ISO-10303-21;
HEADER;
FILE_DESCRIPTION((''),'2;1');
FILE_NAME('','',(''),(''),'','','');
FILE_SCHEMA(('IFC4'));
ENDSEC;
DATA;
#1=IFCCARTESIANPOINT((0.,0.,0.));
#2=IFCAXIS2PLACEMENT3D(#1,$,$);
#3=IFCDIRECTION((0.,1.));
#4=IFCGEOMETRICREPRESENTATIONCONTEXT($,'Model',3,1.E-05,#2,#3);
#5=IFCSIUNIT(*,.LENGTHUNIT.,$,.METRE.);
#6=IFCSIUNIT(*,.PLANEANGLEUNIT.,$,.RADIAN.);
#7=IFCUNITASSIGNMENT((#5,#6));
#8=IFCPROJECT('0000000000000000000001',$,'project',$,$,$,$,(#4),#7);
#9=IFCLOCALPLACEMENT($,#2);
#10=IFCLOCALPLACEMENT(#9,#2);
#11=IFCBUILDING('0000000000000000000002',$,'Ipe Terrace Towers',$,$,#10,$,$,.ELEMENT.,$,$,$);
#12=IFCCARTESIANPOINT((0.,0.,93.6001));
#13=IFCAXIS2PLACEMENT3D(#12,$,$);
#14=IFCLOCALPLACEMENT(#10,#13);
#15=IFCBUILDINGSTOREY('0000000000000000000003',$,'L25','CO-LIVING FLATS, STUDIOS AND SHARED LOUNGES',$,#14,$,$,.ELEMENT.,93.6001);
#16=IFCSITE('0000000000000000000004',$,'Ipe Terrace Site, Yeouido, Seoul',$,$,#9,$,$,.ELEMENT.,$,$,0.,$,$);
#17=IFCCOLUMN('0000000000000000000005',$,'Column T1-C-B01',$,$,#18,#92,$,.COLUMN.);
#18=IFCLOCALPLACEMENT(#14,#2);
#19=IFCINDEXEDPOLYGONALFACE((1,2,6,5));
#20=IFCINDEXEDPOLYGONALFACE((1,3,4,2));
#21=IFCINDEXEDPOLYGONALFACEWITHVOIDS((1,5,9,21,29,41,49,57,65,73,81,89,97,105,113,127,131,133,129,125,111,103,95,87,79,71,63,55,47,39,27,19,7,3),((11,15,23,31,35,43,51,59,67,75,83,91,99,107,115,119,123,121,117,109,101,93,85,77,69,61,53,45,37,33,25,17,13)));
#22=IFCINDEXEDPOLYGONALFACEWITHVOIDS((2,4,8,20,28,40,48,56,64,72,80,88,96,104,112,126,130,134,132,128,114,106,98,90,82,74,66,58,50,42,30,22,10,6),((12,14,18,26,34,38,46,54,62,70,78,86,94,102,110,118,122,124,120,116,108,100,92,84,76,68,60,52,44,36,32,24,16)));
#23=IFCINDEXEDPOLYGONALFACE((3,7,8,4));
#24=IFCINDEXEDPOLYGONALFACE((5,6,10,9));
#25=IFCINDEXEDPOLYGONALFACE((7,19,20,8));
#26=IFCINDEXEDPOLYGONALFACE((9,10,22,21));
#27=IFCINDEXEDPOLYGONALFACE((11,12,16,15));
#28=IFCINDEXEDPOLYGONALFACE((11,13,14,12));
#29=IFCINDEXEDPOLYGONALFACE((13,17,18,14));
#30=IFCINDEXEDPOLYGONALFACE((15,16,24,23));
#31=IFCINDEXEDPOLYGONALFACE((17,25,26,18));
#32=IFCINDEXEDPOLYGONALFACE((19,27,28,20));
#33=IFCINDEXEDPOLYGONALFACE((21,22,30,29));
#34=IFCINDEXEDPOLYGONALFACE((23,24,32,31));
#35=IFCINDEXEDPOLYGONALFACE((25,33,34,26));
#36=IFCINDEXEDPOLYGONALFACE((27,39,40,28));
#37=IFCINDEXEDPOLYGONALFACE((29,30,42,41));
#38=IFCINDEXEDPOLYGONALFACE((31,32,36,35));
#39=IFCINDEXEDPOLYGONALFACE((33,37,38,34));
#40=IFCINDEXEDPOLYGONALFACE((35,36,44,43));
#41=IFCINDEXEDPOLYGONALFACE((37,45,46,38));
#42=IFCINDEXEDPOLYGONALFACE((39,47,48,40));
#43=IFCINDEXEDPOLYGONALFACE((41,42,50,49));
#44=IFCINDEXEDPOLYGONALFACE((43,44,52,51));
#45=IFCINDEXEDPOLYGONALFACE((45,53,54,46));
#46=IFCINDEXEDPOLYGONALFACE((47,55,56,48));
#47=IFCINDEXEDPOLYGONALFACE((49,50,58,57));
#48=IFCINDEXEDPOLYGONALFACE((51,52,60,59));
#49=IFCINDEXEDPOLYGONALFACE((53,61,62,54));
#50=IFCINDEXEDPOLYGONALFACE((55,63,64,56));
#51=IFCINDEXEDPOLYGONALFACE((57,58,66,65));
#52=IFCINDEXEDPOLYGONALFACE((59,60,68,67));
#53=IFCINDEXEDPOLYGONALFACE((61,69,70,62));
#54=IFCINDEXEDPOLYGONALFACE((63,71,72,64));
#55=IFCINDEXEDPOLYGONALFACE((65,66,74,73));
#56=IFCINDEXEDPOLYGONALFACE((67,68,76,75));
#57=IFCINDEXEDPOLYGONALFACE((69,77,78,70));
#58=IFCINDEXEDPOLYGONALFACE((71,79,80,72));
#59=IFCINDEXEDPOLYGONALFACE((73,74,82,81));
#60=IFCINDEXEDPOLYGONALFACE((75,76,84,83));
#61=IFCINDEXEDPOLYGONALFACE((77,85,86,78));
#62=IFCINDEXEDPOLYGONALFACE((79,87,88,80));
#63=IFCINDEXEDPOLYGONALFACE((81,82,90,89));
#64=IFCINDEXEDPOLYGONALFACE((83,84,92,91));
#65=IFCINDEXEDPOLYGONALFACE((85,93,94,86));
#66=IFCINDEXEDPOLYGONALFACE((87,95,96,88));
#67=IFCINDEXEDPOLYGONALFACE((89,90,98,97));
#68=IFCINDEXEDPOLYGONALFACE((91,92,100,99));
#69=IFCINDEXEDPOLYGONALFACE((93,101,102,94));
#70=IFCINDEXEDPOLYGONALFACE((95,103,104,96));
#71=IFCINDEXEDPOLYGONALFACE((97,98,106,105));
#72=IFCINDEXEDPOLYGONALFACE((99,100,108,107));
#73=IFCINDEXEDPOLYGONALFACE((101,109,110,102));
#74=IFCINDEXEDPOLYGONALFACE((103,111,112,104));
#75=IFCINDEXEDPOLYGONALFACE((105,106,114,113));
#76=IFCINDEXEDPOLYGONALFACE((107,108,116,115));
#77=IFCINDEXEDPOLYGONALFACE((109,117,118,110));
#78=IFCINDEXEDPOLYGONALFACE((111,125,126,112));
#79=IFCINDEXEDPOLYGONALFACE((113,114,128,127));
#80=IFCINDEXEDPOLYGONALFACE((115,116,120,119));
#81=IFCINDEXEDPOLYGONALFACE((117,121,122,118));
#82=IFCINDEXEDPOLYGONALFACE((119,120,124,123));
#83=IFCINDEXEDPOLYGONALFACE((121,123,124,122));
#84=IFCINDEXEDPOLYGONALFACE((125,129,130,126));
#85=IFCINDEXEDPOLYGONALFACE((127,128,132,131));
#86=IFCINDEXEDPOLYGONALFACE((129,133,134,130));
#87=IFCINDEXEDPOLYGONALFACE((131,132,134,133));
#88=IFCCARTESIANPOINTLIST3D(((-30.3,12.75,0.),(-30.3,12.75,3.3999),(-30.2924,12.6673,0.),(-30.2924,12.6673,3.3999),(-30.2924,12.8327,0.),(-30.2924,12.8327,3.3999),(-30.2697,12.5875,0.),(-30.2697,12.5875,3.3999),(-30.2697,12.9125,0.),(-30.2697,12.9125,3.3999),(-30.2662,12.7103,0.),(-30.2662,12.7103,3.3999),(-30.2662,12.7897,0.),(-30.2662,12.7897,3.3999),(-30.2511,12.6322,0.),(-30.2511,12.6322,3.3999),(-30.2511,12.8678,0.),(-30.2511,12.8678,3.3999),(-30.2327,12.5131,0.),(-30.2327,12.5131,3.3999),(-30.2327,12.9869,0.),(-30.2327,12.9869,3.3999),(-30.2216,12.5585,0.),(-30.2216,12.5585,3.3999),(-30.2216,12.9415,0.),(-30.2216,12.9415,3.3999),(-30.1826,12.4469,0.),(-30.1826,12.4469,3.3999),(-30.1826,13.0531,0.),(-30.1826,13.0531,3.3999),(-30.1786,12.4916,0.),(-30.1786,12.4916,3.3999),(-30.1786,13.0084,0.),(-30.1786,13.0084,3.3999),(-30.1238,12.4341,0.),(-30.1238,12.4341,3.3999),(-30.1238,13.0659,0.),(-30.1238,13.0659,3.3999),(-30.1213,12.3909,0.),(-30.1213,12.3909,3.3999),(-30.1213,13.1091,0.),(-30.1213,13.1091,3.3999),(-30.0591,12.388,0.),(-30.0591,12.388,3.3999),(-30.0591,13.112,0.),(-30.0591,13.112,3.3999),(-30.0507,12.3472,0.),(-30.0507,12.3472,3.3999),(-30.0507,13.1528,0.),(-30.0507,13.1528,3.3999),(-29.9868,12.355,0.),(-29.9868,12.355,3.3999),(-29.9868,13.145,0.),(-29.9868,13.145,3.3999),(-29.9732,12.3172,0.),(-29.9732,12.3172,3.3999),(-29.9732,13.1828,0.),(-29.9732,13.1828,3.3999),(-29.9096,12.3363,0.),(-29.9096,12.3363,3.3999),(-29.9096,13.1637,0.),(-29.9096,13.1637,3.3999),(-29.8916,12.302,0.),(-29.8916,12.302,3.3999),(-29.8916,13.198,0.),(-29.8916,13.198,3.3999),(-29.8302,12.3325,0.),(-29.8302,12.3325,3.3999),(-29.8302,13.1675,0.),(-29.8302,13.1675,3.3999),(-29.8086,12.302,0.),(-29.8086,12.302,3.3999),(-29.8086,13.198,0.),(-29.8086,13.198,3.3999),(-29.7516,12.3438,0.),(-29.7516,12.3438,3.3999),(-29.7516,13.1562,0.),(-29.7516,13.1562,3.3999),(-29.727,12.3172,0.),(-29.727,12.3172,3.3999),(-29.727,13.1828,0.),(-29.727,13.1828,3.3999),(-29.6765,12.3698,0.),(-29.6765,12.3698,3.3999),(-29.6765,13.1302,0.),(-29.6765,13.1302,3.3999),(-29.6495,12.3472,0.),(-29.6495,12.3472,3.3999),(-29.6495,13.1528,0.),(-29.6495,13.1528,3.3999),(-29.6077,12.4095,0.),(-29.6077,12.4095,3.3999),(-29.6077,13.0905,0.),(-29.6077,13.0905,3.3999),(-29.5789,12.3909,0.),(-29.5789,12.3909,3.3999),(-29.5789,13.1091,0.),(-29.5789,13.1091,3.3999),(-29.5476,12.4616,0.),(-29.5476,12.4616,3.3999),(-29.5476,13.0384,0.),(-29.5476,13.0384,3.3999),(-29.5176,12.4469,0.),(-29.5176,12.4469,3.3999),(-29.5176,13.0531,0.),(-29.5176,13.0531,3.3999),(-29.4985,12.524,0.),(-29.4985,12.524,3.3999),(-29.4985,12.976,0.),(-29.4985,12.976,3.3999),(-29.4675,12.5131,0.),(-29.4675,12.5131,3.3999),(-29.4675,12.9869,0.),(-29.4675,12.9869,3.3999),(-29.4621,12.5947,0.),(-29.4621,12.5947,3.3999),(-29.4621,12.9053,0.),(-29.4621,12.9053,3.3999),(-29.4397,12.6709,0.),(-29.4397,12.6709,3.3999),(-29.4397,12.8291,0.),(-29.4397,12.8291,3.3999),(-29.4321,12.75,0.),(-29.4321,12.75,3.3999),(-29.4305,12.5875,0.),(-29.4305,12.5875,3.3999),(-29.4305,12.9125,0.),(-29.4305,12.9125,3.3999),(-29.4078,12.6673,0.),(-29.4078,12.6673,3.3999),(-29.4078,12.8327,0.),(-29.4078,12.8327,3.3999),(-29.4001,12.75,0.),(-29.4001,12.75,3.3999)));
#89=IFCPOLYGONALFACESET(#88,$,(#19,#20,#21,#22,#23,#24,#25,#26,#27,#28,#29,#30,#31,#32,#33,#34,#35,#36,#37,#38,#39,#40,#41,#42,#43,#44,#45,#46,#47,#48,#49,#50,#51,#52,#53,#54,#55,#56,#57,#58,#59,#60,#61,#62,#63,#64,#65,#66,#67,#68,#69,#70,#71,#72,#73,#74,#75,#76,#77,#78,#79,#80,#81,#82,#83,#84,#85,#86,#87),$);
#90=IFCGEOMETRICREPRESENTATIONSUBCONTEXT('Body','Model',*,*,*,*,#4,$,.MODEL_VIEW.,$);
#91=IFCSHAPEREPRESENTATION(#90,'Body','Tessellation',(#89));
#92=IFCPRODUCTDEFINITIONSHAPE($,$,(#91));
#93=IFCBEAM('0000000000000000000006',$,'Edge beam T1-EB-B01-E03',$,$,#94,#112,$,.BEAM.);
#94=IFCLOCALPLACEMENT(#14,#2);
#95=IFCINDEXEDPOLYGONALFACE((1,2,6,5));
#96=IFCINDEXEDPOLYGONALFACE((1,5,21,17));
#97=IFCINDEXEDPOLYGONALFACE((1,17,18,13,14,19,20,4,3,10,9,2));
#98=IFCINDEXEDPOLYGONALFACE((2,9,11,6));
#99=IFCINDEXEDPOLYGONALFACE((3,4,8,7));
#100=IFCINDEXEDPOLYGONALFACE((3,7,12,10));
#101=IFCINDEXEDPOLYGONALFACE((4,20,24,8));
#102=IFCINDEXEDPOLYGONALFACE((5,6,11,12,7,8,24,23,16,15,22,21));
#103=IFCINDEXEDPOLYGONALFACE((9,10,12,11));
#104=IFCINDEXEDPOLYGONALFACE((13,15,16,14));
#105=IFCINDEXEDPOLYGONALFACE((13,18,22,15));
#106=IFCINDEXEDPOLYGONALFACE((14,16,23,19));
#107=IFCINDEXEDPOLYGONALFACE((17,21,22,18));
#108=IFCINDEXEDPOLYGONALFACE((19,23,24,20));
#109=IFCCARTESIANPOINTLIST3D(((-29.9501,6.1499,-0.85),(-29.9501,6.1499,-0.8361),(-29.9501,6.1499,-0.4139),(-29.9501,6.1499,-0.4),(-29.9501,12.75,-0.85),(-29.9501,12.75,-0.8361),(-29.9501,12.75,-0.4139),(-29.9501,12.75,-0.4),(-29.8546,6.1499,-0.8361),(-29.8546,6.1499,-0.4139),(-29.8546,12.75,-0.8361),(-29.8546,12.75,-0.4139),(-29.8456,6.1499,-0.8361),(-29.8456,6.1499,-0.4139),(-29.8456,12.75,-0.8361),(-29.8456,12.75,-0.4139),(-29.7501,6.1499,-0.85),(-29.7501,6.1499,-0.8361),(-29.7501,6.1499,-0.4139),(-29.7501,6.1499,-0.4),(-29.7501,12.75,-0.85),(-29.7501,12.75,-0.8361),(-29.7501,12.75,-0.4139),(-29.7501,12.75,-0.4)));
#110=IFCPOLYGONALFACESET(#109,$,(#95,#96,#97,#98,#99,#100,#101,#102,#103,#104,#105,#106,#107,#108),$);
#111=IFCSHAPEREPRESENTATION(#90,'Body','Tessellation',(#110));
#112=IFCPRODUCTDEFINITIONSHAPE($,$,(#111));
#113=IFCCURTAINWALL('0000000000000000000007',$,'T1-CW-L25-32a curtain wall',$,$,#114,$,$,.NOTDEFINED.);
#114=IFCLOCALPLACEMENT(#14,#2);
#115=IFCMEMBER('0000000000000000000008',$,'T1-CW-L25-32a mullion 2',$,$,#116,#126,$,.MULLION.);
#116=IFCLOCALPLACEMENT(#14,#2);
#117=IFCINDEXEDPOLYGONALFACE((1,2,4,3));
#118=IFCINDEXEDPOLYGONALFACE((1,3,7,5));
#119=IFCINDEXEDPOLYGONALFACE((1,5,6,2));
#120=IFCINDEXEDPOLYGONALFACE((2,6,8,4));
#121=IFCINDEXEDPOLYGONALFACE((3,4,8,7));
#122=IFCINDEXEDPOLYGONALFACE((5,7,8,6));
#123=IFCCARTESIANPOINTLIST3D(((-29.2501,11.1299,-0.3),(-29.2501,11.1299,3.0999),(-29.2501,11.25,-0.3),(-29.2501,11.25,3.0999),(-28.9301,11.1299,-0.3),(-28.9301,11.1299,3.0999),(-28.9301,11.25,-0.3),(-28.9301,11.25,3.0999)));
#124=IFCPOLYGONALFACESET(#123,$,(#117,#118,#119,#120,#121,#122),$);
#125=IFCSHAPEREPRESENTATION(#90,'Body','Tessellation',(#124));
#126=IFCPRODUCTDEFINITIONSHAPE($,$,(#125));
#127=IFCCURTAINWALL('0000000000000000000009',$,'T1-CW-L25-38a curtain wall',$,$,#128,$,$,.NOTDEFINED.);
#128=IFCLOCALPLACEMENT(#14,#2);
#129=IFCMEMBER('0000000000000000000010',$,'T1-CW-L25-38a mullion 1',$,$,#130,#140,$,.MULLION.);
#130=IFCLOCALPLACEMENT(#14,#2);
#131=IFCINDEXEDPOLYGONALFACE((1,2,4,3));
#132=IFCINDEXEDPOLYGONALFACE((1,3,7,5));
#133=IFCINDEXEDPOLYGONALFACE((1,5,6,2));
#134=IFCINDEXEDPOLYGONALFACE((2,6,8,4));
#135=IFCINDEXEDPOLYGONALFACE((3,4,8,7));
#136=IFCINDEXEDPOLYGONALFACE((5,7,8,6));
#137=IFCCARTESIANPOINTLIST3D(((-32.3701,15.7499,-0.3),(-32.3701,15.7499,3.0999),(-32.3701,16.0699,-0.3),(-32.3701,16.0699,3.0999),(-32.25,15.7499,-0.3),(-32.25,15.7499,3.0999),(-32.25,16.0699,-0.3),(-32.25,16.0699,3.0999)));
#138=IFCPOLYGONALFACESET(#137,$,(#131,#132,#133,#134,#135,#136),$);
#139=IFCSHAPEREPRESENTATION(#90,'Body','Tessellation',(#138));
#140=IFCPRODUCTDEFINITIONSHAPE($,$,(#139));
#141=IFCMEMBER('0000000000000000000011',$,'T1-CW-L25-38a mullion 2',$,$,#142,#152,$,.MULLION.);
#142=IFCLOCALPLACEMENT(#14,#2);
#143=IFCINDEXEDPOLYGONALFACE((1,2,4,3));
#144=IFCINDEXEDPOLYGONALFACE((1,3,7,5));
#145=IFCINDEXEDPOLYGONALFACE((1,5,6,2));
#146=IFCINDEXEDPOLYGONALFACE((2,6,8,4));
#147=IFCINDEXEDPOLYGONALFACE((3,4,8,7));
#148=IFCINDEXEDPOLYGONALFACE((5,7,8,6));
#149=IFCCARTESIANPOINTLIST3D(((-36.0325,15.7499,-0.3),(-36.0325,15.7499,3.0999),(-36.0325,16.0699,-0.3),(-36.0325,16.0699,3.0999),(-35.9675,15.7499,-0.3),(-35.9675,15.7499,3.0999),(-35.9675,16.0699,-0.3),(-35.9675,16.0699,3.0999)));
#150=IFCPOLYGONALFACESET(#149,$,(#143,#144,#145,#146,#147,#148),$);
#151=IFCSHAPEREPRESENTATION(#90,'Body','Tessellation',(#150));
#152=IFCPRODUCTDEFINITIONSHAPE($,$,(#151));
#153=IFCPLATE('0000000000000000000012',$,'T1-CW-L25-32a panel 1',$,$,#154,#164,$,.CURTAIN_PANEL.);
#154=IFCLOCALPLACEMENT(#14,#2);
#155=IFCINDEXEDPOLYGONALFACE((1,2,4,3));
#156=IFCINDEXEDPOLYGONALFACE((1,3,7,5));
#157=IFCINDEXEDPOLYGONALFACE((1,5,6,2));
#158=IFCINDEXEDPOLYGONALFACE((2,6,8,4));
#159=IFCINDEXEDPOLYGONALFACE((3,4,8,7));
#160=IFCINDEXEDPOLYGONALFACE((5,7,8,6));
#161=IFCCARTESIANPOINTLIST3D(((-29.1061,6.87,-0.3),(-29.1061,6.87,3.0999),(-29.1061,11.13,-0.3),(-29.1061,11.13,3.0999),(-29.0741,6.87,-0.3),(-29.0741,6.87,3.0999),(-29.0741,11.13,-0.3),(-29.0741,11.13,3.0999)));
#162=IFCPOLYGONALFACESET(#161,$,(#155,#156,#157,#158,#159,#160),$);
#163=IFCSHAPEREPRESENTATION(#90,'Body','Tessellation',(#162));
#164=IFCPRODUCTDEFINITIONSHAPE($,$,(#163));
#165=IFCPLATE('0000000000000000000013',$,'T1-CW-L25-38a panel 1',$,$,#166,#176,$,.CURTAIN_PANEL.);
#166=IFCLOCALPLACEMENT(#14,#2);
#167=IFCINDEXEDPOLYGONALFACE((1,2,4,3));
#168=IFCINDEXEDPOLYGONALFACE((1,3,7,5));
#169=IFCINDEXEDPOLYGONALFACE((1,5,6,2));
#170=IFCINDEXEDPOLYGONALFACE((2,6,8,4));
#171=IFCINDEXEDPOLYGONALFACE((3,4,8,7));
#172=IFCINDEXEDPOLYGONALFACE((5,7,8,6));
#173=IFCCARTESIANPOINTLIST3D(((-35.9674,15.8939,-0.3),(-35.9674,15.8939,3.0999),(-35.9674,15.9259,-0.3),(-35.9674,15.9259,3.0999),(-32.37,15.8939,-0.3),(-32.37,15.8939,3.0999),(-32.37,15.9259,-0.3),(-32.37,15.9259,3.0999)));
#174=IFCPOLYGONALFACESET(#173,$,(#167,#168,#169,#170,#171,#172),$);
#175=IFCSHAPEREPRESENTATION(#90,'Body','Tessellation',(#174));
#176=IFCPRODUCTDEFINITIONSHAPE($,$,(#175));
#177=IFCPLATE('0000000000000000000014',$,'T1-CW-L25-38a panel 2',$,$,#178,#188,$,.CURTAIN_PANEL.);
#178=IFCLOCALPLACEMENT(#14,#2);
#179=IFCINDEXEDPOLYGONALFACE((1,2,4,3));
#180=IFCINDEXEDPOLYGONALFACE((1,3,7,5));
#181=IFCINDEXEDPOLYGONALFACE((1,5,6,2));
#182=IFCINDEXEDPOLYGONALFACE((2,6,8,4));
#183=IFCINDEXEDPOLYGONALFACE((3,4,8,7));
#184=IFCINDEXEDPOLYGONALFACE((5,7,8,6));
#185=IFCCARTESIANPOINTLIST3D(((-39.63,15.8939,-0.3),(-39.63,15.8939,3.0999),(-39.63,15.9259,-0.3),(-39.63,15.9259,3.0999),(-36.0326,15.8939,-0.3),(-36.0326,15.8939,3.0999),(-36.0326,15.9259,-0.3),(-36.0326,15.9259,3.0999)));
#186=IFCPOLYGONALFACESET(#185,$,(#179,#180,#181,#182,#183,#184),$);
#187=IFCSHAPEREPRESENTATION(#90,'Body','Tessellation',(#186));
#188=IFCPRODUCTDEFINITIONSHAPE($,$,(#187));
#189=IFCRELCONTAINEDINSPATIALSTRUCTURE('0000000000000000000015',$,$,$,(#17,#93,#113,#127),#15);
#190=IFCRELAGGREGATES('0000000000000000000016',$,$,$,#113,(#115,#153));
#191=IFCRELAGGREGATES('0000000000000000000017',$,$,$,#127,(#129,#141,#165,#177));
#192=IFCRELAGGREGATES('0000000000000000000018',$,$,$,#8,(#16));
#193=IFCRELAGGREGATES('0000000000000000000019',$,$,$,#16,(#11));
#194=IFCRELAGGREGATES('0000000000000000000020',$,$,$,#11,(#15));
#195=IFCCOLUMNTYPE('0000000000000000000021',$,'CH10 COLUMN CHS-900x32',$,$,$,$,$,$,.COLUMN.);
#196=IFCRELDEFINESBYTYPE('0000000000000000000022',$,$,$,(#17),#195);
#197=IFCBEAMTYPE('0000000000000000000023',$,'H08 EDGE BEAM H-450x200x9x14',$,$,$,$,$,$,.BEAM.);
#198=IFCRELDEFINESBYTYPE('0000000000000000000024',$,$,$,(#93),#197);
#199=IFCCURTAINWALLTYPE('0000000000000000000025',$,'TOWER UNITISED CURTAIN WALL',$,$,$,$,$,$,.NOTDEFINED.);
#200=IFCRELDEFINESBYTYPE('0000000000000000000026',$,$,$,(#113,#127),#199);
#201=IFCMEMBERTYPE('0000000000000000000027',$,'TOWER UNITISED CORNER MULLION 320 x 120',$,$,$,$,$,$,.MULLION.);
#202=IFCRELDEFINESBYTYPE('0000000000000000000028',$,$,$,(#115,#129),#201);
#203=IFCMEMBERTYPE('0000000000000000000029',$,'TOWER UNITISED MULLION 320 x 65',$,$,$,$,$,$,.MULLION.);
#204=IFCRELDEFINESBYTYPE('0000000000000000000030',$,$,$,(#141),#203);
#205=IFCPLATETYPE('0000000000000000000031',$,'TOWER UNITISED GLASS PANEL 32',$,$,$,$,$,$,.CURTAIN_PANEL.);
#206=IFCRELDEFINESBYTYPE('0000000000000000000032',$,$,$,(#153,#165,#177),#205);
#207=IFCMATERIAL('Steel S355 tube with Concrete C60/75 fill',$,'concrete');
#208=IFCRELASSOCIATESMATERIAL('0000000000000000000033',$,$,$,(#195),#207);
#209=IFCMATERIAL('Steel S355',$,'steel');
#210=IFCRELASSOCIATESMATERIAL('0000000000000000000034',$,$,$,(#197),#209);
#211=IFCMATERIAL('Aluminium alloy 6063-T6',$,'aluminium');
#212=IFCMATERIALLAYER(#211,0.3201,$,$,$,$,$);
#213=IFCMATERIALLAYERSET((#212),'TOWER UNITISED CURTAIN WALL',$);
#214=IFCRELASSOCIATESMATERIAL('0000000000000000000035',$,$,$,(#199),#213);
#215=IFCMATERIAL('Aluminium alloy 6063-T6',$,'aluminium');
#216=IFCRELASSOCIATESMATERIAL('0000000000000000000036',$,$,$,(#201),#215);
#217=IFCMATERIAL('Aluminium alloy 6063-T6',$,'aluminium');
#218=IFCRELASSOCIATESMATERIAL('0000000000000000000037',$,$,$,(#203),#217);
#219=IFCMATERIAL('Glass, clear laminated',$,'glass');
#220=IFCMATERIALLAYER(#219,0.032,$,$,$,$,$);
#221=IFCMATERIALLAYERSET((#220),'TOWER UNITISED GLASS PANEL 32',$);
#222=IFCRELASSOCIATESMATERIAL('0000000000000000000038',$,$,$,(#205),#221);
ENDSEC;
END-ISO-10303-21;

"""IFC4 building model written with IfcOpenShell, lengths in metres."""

from ifc_helpers import new_model, si_unit, direction, frame, origin, origin_2d, place, context, subcontext, project, spatial, rectangle, hollow_circle, i_section, extrude, material, layer, layer_set, material_profile, profile_set, type_object, element, aggregate, save


model = new_model("IFC4")

# Units and contexts
model_context = context("Model", 3, precision=1e-05, world=origin(), true_north=direction((0.0, 1.0)))
body_context = subcontext(model_context, "Body", "Model", "MODEL_VIEW")
ifc_project = project(units=[si_unit("LENGTHUNIT", "METRE"), si_unit("PLANEANGLEUNIT", "RADIAN")], contexts=[model_context])

# Site, building, storey
site_placement = place(None, origin())
site = spatial("IfcSite", under=ifc_project, at=site_placement, Name="Ipe Terrace Site, Yeouido, Seoul", CompositionType="ELEMENT", RefElevation=0.0)
building_placement = place(site_placement, origin())
building = spatial("IfcBuilding", under=site, at=building_placement, Name="Ipe Terrace Towers", CompositionType="ELEMENT")
storey_placement = place(building_placement, frame((0.0, 0.0, 93.6001)))
storey = spatial("IfcBuildingStorey", under=building, at=storey_placement, Name="L25", Description="CO-LIVING FLATS, STUDIOS AND SHARED LOUNGES", CompositionType="ELEMENT", Elevation=93.6001)

# Column
ifc_material_1 = material(Name="Steel S355 tube with Concrete C60/75 fill", Category="concrete")
ifc_material_profile_1 = material_profile(ifc_material_1, hollow_circle(Radius=0.45, WallThickness=0.032, at=origin_2d()), Name="CHS-900x32")
ifc_profile_set_1 = profile_set([ifc_material_profile_1], Name="Steel S355 tube with Concrete C60/75 fill")
column_type = type_object("IfcColumnType", Name="CH10 COLUMN CHS-900x32", PredefinedType="COLUMN", material=ifc_profile_set_1)
column_placement = place(storey_placement, frame((-29.8501, 12.75, 0.0), z_axis=(0.0, 0.0, 1.0), x_axis=(1.0, 0.0, 0.0)))
element("IfcColumn", 1, at=column_placement, inside=storey, type_object=column_type, Name="Column T1-C-B01", PredefinedType="COLUMN", context=body_context, shape_type="SweptSolid", body=[
    extrude(hollow_circle(Radius=0.45, WallThickness=0.032, at=origin_2d()), origin(), (0.0, 0.0, 1.0), 3.3999),
])

# Beam
ifc_material_2 = material(Name="Steel S355", Category="steel")
ifc_material_profile_2 = material_profile(ifc_material_2, i_section(OverallWidth=0.2, OverallDepth=0.45, WebThickness=0.009, FlangeThickness=0.0139, at=origin_2d()), Name="H-450x200x9x14")
ifc_profile_set_2 = profile_set([ifc_material_profile_2], Name="Steel S355")
beam_type = type_object("IfcBeamType", Name="H08 EDGE BEAM H-450x200x9x14", PredefinedType="BEAM", material=ifc_profile_set_2)
beam_placement = place(storey_placement, frame((-29.8501, 12.75, -0.625), z_axis=(0.0, -1.0, 0.0), x_axis=(1.0, 0.0, 0.0)))
element("IfcBeam", 2, at=beam_placement, inside=storey, type_object=beam_type, Name="Edge beam T1-EB-B01-E03", PredefinedType="BEAM", context=body_context, shape_type="SweptSolid", body=[
    extrude(i_section(OverallWidth=0.2, OverallDepth=0.45, WebThickness=0.009, FlangeThickness=0.0139, at=origin_2d()), origin(), (0.0, 0.0, 1.0), 6.6001),
])

# Curtain wall, member
ifc_material_3 = material(Name="Aluminium alloy 6063-T6", Category="aluminium")
ifc_layer_1 = layer(ifc_material_3, 0.3201)
ifc_layer_set_1 = layer_set([ifc_layer_1], Name="TOWER UNITISED CURTAIN WALL")
curtain_wall_type = type_object("IfcCurtainWallType", Name="TOWER UNITISED CURTAIN WALL", PredefinedType="NOTDEFINED", material=ifc_layer_set_1)
curtain_wall_1_placement = place(storey_placement, origin())
curtain_wall_1 = element("IfcCurtainWall", 3, at=curtain_wall_1_placement, inside=storey, type_object=curtain_wall_type, Name="T1-CW-L25-32a curtain wall", PredefinedType="NOTDEFINED")
ifc_material_4 = material(Name="Aluminium alloy 6063-T6", Category="aluminium")
ifc_material_profile_3 = material_profile(ifc_material_4, rectangle(XDim=0.3201, YDim=0.1201, at=origin_2d()), Name="TOWER UNITISED CORNER MULLION 320 x 120")
ifc_profile_set_3 = profile_set([ifc_material_profile_3], Name="Aluminium alloy 6063-T6")
member_type_1 = type_object("IfcMemberType", Name="TOWER UNITISED CORNER MULLION 320 x 120", PredefinedType="MULLION", material=ifc_profile_set_3)
member_1_placement = place(storey_placement, frame((-29.0901, 11.1899, -0.3), z_axis=(0.0, 0.0, 1.0), x_axis=(1.0, 0.0, 0.0)))
member_1 = element("IfcMember", 4, at=member_1_placement, type_object=member_type_1, Name="T1-CW-L25-32a mullion 2", PredefinedType="MULLION", context=body_context, shape_type="SweptSolid", body=[
    extrude(rectangle(XDim=0.3201, YDim=0.1201, at=origin_2d()), origin(), (0.0, 0.0, 1.0), 3.3999),
])

# Curtain wall, members
curtain_wall_2_placement = place(storey_placement, origin())
curtain_wall_2 = element("IfcCurtainWall", 5, at=curtain_wall_2_placement, inside=storey, type_object=curtain_wall_type, Name="T1-CW-L25-38a curtain wall", PredefinedType="NOTDEFINED")
member_2_placement = place(storey_placement, frame((-32.3101, 15.9099, -0.3), z_axis=(0.0, 0.0, 1.0), x_axis=(0.0, 1.0, 0.0)))
member_2 = element("IfcMember", 6, at=member_2_placement, type_object=member_type_1, Name="T1-CW-L25-38a mullion 1", PredefinedType="MULLION", context=body_context, shape_type="SweptSolid", body=[
    extrude(rectangle(XDim=0.3201, YDim=0.1201, at=origin_2d()), origin(), (0.0, 0.0, 1.0), 3.3999),
])
ifc_material_5 = material(Name="Aluminium alloy 6063-T6", Category="aluminium")
ifc_material_profile_4 = material_profile(ifc_material_5, rectangle(XDim=0.3201, YDim=0.0649, at=origin_2d()), Name="TOWER UNITISED MULLION 320 x 65")
ifc_profile_set_4 = profile_set([ifc_material_profile_4], Name="Aluminium alloy 6063-T6")
member_type_2 = type_object("IfcMemberType", Name="TOWER UNITISED MULLION 320 x 65", PredefinedType="MULLION", material=ifc_profile_set_4)
member_3_placement = place(storey_placement, frame((-36.0, 15.9099, -0.3), z_axis=(0.0, 0.0, 1.0), x_axis=(0.0, 1.0, 0.0)))
member_3 = element("IfcMember", 7, at=member_3_placement, type_object=member_type_2, Name="T1-CW-L25-38a mullion 2", PredefinedType="MULLION", context=body_context, shape_type="SweptSolid", body=[
    extrude(rectangle(XDim=0.3201, YDim=0.0649, at=origin_2d()), origin(), (0.0, 0.0, 1.0), 3.3999),
])

# Plates
ifc_material_6 = material(Name="Glass, clear laminated", Category="glass")
ifc_layer_2 = layer(ifc_material_6, 0.032)
ifc_layer_set_2 = layer_set([ifc_layer_2], Name="TOWER UNITISED GLASS PANEL 32")
plate_type = type_object("IfcPlateType", Name="TOWER UNITISED GLASS PANEL 32", PredefinedType="CURTAIN_PANEL", material=ifc_layer_set_2)
plate_1_placement = place(storey_placement, frame((-29.0901, 9.0, -0.3), z_axis=(0.0, 0.0, 1.0), x_axis=(0.0, 1.0, 0.0)))
plate_1 = element("IfcPlate", 8, at=plate_1_placement, type_object=plate_type, Name="T1-CW-L25-32a panel 1", PredefinedType="CURTAIN_PANEL", context=body_context, shape_type="SweptSolid", body=[
    extrude(rectangle(XDim=4.26, YDim=0.032, at=origin_2d()), origin(), (0.0, 0.0, 1.0), 3.3999),
])
aggregate(curtain_wall_1, [member_1, plate_1])
plate_2_placement = place(storey_placement, frame((-34.1687, 15.9099, -0.3), z_axis=(0.0, 0.0, 1.0), x_axis=(-1.0, 0.0, 0.0)))
plate_2 = element("IfcPlate", 9, at=plate_2_placement, type_object=plate_type, Name="T1-CW-L25-38a panel 1", PredefinedType="CURTAIN_PANEL", context=body_context, shape_type="SweptSolid", body=[
    extrude(rectangle(XDim=3.5974, YDim=0.032, at=origin_2d()), origin(), (0.0, 0.0, 1.0), 3.3999),
])
plate_3_placement = place(storey_placement, frame((-37.8313, 15.9099, -0.3), z_axis=(0.0, 0.0, 1.0), x_axis=(-1.0, 0.0, 0.0)))
plate_3 = element("IfcPlate", 10, at=plate_3_placement, type_object=plate_type, Name="T1-CW-L25-38a panel 2", PredefinedType="CURTAIN_PANEL", context=body_context, shape_type="SweptSolid", body=[
    extrude(rectangle(XDim=3.5974, YDim=0.032, at=origin_2d()), origin(), (0.0, 0.0, 1.0), 3.3999),
])
aggregate(curtain_wall_2, [member_2, member_3, plate_2, plate_3])

save(model, "model.ifc")
